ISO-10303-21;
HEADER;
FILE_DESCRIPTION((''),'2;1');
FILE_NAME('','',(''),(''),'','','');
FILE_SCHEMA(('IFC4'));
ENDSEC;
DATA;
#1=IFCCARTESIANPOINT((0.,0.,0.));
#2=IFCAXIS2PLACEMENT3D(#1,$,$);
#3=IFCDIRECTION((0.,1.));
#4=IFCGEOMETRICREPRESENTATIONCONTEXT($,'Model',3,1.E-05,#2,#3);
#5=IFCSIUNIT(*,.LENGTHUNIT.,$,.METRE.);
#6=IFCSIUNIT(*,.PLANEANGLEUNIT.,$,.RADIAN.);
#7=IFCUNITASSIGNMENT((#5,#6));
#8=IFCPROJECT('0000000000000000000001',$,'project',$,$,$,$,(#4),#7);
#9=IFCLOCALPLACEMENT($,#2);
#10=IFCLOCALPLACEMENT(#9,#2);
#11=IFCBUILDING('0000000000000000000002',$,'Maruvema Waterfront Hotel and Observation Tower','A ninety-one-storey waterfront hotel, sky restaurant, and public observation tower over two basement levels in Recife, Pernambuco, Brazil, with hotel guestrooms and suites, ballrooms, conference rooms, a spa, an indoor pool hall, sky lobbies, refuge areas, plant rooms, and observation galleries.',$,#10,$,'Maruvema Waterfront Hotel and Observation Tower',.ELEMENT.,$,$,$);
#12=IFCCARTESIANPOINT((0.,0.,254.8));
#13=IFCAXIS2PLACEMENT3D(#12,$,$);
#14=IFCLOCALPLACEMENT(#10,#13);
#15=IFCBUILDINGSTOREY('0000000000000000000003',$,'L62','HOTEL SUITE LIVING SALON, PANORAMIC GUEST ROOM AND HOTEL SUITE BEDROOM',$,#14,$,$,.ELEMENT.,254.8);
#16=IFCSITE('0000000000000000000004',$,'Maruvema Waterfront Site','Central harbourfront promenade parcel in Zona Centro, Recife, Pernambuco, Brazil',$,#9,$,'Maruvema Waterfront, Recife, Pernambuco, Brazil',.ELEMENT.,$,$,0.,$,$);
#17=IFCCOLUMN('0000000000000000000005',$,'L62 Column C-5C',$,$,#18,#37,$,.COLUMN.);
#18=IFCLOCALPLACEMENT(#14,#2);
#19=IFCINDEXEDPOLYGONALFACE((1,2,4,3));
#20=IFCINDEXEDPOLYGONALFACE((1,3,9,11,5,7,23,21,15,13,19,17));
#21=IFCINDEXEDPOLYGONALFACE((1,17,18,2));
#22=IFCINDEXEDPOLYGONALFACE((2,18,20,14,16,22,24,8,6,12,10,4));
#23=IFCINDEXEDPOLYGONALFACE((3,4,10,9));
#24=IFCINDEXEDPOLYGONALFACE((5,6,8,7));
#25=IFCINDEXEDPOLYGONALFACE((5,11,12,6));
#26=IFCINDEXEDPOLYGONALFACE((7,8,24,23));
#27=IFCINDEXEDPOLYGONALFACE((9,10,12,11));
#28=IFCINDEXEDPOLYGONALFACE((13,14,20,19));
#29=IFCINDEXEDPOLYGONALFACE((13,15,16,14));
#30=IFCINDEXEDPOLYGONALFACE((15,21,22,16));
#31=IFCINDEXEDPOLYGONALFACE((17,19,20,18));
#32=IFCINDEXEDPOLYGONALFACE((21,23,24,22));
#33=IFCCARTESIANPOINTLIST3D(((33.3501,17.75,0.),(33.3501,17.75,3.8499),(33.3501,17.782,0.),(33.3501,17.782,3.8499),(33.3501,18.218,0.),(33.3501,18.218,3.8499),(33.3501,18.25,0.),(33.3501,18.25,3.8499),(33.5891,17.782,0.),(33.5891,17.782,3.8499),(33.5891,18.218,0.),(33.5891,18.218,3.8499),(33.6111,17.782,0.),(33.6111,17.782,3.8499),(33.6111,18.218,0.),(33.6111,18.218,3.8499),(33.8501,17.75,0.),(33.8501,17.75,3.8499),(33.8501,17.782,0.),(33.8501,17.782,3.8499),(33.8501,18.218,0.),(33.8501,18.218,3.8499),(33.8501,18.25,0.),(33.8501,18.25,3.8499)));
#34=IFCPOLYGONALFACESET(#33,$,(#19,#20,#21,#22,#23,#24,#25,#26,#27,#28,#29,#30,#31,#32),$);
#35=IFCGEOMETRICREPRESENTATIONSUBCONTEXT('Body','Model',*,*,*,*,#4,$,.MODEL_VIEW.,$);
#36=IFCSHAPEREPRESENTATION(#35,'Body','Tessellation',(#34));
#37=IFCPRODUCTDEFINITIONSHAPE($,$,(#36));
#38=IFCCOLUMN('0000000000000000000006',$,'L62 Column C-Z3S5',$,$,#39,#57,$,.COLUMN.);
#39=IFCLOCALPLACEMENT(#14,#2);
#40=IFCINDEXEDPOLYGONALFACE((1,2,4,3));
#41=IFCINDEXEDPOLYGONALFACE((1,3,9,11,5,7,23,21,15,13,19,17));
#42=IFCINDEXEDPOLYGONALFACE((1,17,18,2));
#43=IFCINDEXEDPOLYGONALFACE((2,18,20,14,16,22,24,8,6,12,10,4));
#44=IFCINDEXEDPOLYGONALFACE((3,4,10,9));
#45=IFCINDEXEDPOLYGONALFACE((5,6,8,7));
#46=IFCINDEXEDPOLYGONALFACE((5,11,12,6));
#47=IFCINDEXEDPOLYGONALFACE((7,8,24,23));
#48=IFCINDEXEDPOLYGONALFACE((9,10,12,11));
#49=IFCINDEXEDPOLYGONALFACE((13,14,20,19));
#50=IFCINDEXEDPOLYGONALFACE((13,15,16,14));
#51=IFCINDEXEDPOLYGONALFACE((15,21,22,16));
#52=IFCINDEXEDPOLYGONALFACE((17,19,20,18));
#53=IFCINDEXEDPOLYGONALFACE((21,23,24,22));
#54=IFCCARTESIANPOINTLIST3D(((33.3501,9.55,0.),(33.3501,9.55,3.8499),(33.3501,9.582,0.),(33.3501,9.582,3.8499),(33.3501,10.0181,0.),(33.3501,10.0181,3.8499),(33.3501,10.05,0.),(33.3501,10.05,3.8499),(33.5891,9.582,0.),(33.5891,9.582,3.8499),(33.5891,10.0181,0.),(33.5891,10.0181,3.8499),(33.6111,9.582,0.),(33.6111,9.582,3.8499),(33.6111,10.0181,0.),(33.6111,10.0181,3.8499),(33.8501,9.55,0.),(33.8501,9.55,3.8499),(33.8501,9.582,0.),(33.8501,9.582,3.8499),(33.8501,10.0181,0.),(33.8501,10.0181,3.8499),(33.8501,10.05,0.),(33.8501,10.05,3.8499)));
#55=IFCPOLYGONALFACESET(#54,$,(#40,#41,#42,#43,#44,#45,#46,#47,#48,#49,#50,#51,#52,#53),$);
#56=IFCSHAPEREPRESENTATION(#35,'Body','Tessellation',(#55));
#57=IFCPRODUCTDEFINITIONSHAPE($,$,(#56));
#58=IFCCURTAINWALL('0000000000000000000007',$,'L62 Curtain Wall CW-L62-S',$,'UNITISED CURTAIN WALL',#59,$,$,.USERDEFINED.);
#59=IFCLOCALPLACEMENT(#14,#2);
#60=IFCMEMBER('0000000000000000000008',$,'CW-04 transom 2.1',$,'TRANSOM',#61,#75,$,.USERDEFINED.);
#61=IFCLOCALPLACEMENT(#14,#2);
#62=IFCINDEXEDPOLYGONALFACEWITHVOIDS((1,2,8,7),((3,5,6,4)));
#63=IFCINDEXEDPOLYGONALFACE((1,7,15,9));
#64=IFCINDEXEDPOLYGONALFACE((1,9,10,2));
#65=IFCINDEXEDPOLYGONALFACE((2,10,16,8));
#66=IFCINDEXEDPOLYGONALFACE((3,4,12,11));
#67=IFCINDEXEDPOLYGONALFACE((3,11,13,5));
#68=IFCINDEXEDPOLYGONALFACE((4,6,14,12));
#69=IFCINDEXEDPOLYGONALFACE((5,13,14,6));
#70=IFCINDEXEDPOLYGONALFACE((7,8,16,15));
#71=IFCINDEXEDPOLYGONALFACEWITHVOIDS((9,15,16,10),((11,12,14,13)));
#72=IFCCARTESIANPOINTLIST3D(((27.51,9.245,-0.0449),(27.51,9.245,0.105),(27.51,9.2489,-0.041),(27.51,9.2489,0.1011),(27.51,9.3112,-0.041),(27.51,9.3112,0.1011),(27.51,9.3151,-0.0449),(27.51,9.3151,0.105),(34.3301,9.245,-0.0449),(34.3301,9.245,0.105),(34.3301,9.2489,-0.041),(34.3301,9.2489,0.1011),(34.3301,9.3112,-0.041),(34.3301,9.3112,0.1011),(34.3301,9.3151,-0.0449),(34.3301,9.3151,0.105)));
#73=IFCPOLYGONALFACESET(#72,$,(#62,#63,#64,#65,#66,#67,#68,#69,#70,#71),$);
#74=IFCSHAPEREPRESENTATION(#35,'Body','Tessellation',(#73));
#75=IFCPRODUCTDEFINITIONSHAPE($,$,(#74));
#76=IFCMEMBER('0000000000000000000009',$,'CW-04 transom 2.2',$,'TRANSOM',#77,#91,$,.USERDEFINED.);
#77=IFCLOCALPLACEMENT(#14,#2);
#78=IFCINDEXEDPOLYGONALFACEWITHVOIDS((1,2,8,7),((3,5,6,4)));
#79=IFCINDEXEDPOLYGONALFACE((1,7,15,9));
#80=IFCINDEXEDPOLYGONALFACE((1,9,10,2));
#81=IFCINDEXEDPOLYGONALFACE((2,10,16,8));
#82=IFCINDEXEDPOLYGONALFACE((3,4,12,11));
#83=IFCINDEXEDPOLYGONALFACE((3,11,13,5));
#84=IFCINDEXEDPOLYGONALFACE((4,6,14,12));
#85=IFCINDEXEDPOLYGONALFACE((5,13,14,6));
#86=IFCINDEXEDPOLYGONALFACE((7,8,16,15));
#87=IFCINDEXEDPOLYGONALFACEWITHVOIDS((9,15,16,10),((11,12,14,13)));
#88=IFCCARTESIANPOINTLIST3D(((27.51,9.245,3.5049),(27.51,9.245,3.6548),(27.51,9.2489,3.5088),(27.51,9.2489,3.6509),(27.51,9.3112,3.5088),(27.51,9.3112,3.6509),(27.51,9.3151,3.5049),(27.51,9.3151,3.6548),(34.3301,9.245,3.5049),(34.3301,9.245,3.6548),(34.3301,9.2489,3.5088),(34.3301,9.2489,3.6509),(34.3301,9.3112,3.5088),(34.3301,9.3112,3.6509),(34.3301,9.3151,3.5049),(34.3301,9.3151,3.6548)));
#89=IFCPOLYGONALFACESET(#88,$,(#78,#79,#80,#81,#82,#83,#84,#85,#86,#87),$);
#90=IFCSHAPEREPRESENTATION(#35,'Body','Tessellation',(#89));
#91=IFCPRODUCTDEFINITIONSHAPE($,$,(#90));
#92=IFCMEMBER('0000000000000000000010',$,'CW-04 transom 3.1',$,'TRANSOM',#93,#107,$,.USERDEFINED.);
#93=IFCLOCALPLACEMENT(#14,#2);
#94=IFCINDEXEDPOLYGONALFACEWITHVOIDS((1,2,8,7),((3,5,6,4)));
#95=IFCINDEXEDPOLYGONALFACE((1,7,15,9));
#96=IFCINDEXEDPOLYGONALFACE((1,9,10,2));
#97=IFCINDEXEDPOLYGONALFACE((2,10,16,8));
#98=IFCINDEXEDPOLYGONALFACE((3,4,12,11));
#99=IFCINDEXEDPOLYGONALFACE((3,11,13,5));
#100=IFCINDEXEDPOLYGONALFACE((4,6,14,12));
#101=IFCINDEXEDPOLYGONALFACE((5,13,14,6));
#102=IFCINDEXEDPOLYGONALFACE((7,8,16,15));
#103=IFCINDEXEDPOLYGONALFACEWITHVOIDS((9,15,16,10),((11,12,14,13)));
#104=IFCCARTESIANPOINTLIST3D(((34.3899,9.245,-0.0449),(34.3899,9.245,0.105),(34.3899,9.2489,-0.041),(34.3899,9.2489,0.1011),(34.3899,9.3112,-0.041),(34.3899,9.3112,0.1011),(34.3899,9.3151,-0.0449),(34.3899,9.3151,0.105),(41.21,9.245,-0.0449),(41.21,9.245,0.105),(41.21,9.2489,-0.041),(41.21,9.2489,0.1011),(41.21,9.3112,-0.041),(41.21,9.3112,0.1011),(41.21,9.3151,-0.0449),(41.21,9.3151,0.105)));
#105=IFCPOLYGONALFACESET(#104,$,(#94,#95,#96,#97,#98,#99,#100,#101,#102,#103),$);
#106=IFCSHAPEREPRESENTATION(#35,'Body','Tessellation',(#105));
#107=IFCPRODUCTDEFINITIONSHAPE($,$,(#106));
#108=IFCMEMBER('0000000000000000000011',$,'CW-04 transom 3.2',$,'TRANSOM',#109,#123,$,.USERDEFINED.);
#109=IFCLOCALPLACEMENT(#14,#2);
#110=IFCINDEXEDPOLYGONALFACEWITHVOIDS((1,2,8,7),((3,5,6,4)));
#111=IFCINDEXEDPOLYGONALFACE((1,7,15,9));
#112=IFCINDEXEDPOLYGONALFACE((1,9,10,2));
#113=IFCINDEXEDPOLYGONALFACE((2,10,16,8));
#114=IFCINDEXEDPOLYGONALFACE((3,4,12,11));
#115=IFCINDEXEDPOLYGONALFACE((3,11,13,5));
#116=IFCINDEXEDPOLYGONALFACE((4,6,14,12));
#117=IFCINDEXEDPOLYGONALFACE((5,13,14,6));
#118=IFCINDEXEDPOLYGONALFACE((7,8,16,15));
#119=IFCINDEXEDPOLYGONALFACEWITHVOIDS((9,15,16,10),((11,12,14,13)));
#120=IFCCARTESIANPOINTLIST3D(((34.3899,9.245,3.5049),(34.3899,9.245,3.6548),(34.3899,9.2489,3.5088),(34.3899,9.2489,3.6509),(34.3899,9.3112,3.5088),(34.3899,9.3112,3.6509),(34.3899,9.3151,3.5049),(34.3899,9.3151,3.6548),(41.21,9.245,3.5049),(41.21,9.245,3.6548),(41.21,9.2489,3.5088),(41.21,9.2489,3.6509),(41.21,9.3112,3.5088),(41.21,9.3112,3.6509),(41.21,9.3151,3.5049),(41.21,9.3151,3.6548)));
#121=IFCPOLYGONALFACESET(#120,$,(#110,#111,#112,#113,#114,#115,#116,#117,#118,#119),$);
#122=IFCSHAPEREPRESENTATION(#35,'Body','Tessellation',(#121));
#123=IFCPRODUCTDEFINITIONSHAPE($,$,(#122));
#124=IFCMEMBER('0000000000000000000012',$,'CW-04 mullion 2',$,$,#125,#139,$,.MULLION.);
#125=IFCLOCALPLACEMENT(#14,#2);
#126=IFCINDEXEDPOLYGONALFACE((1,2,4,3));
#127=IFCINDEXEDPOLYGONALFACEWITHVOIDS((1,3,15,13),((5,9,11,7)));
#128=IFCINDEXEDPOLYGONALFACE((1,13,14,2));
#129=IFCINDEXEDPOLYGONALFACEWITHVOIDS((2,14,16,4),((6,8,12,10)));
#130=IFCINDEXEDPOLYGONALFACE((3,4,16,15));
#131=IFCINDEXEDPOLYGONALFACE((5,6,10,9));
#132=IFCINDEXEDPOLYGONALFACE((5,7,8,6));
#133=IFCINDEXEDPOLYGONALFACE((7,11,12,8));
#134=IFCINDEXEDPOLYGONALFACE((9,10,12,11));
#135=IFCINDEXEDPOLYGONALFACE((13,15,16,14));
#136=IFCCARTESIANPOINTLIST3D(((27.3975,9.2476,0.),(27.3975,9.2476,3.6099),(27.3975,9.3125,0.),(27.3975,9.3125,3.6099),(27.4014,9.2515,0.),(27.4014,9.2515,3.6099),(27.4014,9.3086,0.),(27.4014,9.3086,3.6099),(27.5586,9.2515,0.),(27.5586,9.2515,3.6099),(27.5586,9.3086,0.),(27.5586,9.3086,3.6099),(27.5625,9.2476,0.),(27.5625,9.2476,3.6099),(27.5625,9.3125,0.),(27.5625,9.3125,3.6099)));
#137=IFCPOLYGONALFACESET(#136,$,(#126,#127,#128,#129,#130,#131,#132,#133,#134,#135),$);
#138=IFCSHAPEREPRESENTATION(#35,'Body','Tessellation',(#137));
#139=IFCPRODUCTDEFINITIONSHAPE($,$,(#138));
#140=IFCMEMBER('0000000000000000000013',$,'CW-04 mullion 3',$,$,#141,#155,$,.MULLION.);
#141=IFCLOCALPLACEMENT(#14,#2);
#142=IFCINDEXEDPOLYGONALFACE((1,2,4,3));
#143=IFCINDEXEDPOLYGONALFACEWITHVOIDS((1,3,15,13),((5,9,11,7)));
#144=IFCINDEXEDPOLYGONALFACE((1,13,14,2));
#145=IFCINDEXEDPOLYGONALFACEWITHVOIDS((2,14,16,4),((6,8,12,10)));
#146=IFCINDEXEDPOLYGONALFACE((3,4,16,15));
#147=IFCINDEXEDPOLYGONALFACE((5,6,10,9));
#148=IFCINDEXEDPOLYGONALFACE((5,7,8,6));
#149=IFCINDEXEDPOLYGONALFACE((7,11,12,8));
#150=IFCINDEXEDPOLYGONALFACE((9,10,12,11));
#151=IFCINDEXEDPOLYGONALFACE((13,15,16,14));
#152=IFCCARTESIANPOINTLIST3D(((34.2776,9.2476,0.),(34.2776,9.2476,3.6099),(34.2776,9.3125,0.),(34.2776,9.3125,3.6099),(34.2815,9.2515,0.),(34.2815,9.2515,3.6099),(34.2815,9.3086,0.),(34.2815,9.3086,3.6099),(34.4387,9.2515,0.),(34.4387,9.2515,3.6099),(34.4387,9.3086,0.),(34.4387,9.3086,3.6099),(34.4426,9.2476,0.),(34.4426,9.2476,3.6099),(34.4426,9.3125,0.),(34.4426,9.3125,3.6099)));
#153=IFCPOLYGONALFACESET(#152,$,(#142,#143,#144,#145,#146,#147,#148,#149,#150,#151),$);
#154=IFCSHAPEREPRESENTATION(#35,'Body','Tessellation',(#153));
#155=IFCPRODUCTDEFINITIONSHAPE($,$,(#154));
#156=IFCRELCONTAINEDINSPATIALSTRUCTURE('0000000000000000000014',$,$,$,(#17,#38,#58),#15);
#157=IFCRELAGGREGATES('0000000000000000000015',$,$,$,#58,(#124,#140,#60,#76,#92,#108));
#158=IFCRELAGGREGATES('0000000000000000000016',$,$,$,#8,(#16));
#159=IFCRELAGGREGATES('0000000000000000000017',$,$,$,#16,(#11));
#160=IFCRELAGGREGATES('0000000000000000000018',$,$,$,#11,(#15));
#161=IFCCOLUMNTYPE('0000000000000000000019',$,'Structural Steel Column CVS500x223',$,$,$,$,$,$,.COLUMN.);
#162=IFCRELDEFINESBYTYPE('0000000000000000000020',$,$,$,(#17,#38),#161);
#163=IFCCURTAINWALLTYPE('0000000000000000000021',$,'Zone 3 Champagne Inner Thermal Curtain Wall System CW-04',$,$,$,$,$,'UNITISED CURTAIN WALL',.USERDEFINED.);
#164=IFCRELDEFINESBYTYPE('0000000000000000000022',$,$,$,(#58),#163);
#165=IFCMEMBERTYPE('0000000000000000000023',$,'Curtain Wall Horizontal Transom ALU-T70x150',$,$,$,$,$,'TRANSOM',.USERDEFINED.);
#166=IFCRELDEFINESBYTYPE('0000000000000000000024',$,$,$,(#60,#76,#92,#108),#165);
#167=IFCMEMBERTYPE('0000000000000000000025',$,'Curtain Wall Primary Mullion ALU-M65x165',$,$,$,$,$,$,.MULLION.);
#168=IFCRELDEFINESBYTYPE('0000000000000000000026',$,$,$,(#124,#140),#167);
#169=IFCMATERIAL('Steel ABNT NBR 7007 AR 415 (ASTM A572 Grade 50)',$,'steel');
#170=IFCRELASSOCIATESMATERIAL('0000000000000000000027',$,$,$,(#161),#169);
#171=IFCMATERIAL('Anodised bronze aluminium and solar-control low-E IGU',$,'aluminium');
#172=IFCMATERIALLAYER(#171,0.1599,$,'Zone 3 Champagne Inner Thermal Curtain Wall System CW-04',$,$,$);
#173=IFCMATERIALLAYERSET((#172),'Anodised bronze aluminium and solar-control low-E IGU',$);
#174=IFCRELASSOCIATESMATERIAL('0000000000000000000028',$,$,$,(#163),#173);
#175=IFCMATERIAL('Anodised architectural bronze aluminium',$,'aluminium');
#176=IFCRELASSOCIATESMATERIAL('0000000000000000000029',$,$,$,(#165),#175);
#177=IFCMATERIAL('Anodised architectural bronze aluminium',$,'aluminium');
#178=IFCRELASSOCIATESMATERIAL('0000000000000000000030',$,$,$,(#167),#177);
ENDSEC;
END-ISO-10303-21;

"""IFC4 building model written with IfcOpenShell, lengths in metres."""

from ifc_helpers import new_model, si_unit, direction, frame, origin, origin_2d, place, context, subcontext, project, spatial, hollow_rectangle, i_section, extrude, material, layer, layer_set, material_profile, profile_set, type_object, element, aggregate, save


model = new_model("IFC4")

# Units and contexts
model_context = context("Model", 3, precision=1e-05, world=origin(), true_north=direction((0.0, 1.0)))
body_context = subcontext(model_context, "Body", "Model", "MODEL_VIEW")
ifc_project = project(units=[si_unit("LENGTHUNIT", "METRE"), si_unit("PLANEANGLEUNIT", "RADIAN")], contexts=[model_context])

# Site, building, storey
site_placement = place(None, origin())
site = spatial("IfcSite", under=ifc_project, at=site_placement, Name="Maruvema Waterfront Site", Description="Central harbourfront promenade parcel in Zona Centro, Recife, Pernambuco, Brazil", LongName="Maruvema Waterfront, Recife, Pernambuco, Brazil", CompositionType="ELEMENT", RefElevation=0.0)
building_placement = place(site_placement, origin())
building = spatial("IfcBuilding", under=site, at=building_placement, Name="Maruvema Waterfront Hotel and Observation Tower", Description="A ninety-one-storey waterfront hotel, sky restaurant, and public observation tower over two basement levels in Recife, Pernambuco, Brazil, with hotel guestrooms and suites, ballrooms, conference rooms, a spa, an indoor pool hall, sky lobbies, refuge areas, plant rooms, and observation galleries.", LongName="Maruvema Waterfront Hotel and Observation Tower", CompositionType="ELEMENT")
storey_placement = place(building_placement, frame((0.0, 0.0, 254.8)))
storey = spatial("IfcBuildingStorey", under=building, at=storey_placement, Name="L62", Description="HOTEL SUITE LIVING SALON, PANORAMIC GUEST ROOM AND HOTEL SUITE BEDROOM", CompositionType="ELEMENT", Elevation=254.8)

# Columns
ifc_material_1 = material(Name="Steel ABNT NBR 7007 AR 415 (ASTM A572 Grade 50)", Category="steel")
ifc_material_profile_1 = material_profile(ifc_material_1, i_section(OverallWidth=0.5, OverallDepth=0.5, WebThickness=0.022, FlangeThickness=0.032, at=origin_2d()), Name="CVS500x223")
ifc_profile_set_1 = profile_set([ifc_material_profile_1], Name="Steel ABNT NBR 7007 AR 415 (ASTM A572 Grade 50)")
column_type = type_object("IfcColumnType", Name="Structural Steel Column CVS500x223", PredefinedType="COLUMN", material=ifc_profile_set_1)
for number, where, z_axis, x_axis, name in (
    (1, (33.6001, 18.0, 0.0), (0.0, 0.0, 1.0), (1.0, 0.0, 0.0), "L62 Column C-5C"),
    (2, (33.6001, 9.8, 0.0), (0.0, 0.0, 1.0), (1.0, 0.0, 0.0), "L62 Column C-Z3S5"),
):
    element("IfcColumn", number, at=place(storey_placement, frame(where, z_axis=z_axis, x_axis=x_axis)), inside=storey, type_object=column_type, Name=name, PredefinedType="COLUMN", context=body_context, shape_type="SweptSolid", body=[
        extrude(i_section(OverallWidth=0.5, OverallDepth=0.5, WebThickness=0.022, FlangeThickness=0.032, at=origin_2d()), origin(), (0.0, 0.0, 1.0), 3.8499),
    ])

# Curtain wall, members
ifc_material_2 = material(Name="Anodised bronze aluminium and solar-control low-E IGU", Category="aluminium")
ifc_layer_1 = layer(ifc_material_2, 0.1599, Name="Zone 3 Champagne Inner Thermal Curtain Wall System CW-04")
ifc_layer_set_1 = layer_set([ifc_layer_1], Name="Anodised bronze aluminium and solar-control low-E IGU")
curtain_wall_type = type_object("IfcCurtainWallType", Name="Zone 3 Champagne Inner Thermal Curtain Wall System CW-04", ElementType="UNITISED CURTAIN WALL", PredefinedType="USERDEFINED", material=ifc_layer_set_1)
curtain_wall_placement = place(storey_placement, origin())
curtain_wall = element("IfcCurtainWall", 3, at=curtain_wall_placement, inside=storey, type_object=curtain_wall_type, Name="L62 Curtain Wall CW-L62-S", ObjectType="UNITISED CURTAIN WALL", PredefinedType="USERDEFINED")
ifc_material_3 = material(Name="Anodised architectural bronze aluminium", Category="aluminium")
ifc_material_profile_2 = material_profile(ifc_material_3, hollow_rectangle(XDim=0.0701, YDim=0.1499, WallThickness=0.0039, at=origin_2d()), Name="ALU-T70x150")
ifc_profile_set_2 = profile_set([ifc_material_profile_2], Name="Anodised architectural bronze aluminium")
member_type_1 = type_object("IfcMemberType", Name="Curtain Wall Horizontal Transom ALU-T70x150", ElementType="TRANSOM", PredefinedType="USERDEFINED", material=ifc_profile_set_2)
member_1_placement = place(storey_placement, frame((27.51, 9.28, 0.03), z_axis=(1.0, 0.0, 0.0), x_axis=(0.0, 1.0, 0.0)))
member_1 = element("IfcMember", 4, at=member_1_placement, type_object=member_type_1, Name="CW-04 transom 2.1", ObjectType="TRANSOM", PredefinedType="USERDEFINED", context=body_context, shape_type="SweptSolid", body=[
    extrude(hollow_rectangle(XDim=0.0701, YDim=0.1499, WallThickness=0.0039, at=origin_2d()), origin(), (0.0, 0.0, 1.0), 6.8201),
])
member_2_placement = place(storey_placement, frame((27.51, 9.28, 3.5798), z_axis=(1.0, 0.0, 0.0), x_axis=(0.0, 1.0, 0.0)))
member_2 = element("IfcMember", 5, at=member_2_placement, type_object=member_type_1, Name="CW-04 transom 2.2", ObjectType="TRANSOM", PredefinedType="USERDEFINED", context=body_context, shape_type="SweptSolid", body=[
    extrude(hollow_rectangle(XDim=0.0701, YDim=0.1499, WallThickness=0.0039, at=origin_2d()), origin(), (0.0, 0.0, 1.0), 6.8201),
])
member_3_placement = place(storey_placement, frame((34.3899, 9.28, 0.03), z_axis=(1.0, 0.0, 0.0), x_axis=(0.0, 1.0, 0.0)))
member_3 = element("IfcMember", 6, at=member_3_placement, type_object=member_type_1, Name="CW-04 transom 3.1", ObjectType="TRANSOM", PredefinedType="USERDEFINED", context=body_context, shape_type="SweptSolid", body=[
    extrude(hollow_rectangle(XDim=0.0701, YDim=0.1499, WallThickness=0.0039, at=origin_2d()), origin(), (0.0, 0.0, 1.0), 6.8201),
])
member_4_placement = place(storey_placement, frame((34.3899, 9.28, 3.5798), z_axis=(1.0, 0.0, 0.0), x_axis=(0.0, 1.0, 0.0)))
member_4 = element("IfcMember", 7, at=member_4_placement, type_object=member_type_1, Name="CW-04 transom 3.2", ObjectType="TRANSOM", PredefinedType="USERDEFINED", context=body_context, shape_type="SweptSolid", body=[
    extrude(hollow_rectangle(XDim=0.0701, YDim=0.1499, WallThickness=0.0039, at=origin_2d()), origin(), (0.0, 0.0, 1.0), 6.8201),
])
ifc_material_4 = material(Name="Anodised architectural bronze aluminium", Category="aluminium")
ifc_material_profile_3 = material_profile(ifc_material_4, hollow_rectangle(XDim=0.0649, YDim=0.165, WallThickness=0.0039, at=origin_2d()), Name="ALU-M65x165")
ifc_profile_set_3 = profile_set([ifc_material_profile_3], Name="Anodised architectural bronze aluminium")
member_type_2 = type_object("IfcMemberType", Name="Curtain Wall Primary Mullion ALU-M65x165", PredefinedType="MULLION", material=ifc_profile_set_3)
member_5_placement = place(storey_placement, frame((27.48, 9.28, 0.0), z_axis=(0.0, 0.0, 1.0), x_axis=(0.0, 1.0, 0.0)))
member_5 = element("IfcMember", 8, at=member_5_placement, type_object=member_type_2, Name="CW-04 mullion 2", PredefinedType="MULLION", context=body_context, shape_type="SweptSolid", body=[
    extrude(hollow_rectangle(XDim=0.0649, YDim=0.165, WallThickness=0.0039, at=origin_2d()), origin(), (0.0, 0.0, 1.0), 3.6099),
])
member_6_placement = place(storey_placement, frame((34.3601, 9.28, 0.0), z_axis=(0.0, 0.0, 1.0), x_axis=(0.0, 1.0, 0.0)))
member_6 = element("IfcMember", 9, at=member_6_placement, type_object=member_type_2, Name="CW-04 mullion 3", PredefinedType="MULLION", context=body_context, shape_type="SweptSolid", body=[
    extrude(hollow_rectangle(XDim=0.0649, YDim=0.165, WallThickness=0.0039, at=origin_2d()), origin(), (0.0, 0.0, 1.0), 3.6099),
])

aggregate(curtain_wall, [member_5, member_6, member_1, member_2, member_3, member_4])

save(model, "model.ifc")
